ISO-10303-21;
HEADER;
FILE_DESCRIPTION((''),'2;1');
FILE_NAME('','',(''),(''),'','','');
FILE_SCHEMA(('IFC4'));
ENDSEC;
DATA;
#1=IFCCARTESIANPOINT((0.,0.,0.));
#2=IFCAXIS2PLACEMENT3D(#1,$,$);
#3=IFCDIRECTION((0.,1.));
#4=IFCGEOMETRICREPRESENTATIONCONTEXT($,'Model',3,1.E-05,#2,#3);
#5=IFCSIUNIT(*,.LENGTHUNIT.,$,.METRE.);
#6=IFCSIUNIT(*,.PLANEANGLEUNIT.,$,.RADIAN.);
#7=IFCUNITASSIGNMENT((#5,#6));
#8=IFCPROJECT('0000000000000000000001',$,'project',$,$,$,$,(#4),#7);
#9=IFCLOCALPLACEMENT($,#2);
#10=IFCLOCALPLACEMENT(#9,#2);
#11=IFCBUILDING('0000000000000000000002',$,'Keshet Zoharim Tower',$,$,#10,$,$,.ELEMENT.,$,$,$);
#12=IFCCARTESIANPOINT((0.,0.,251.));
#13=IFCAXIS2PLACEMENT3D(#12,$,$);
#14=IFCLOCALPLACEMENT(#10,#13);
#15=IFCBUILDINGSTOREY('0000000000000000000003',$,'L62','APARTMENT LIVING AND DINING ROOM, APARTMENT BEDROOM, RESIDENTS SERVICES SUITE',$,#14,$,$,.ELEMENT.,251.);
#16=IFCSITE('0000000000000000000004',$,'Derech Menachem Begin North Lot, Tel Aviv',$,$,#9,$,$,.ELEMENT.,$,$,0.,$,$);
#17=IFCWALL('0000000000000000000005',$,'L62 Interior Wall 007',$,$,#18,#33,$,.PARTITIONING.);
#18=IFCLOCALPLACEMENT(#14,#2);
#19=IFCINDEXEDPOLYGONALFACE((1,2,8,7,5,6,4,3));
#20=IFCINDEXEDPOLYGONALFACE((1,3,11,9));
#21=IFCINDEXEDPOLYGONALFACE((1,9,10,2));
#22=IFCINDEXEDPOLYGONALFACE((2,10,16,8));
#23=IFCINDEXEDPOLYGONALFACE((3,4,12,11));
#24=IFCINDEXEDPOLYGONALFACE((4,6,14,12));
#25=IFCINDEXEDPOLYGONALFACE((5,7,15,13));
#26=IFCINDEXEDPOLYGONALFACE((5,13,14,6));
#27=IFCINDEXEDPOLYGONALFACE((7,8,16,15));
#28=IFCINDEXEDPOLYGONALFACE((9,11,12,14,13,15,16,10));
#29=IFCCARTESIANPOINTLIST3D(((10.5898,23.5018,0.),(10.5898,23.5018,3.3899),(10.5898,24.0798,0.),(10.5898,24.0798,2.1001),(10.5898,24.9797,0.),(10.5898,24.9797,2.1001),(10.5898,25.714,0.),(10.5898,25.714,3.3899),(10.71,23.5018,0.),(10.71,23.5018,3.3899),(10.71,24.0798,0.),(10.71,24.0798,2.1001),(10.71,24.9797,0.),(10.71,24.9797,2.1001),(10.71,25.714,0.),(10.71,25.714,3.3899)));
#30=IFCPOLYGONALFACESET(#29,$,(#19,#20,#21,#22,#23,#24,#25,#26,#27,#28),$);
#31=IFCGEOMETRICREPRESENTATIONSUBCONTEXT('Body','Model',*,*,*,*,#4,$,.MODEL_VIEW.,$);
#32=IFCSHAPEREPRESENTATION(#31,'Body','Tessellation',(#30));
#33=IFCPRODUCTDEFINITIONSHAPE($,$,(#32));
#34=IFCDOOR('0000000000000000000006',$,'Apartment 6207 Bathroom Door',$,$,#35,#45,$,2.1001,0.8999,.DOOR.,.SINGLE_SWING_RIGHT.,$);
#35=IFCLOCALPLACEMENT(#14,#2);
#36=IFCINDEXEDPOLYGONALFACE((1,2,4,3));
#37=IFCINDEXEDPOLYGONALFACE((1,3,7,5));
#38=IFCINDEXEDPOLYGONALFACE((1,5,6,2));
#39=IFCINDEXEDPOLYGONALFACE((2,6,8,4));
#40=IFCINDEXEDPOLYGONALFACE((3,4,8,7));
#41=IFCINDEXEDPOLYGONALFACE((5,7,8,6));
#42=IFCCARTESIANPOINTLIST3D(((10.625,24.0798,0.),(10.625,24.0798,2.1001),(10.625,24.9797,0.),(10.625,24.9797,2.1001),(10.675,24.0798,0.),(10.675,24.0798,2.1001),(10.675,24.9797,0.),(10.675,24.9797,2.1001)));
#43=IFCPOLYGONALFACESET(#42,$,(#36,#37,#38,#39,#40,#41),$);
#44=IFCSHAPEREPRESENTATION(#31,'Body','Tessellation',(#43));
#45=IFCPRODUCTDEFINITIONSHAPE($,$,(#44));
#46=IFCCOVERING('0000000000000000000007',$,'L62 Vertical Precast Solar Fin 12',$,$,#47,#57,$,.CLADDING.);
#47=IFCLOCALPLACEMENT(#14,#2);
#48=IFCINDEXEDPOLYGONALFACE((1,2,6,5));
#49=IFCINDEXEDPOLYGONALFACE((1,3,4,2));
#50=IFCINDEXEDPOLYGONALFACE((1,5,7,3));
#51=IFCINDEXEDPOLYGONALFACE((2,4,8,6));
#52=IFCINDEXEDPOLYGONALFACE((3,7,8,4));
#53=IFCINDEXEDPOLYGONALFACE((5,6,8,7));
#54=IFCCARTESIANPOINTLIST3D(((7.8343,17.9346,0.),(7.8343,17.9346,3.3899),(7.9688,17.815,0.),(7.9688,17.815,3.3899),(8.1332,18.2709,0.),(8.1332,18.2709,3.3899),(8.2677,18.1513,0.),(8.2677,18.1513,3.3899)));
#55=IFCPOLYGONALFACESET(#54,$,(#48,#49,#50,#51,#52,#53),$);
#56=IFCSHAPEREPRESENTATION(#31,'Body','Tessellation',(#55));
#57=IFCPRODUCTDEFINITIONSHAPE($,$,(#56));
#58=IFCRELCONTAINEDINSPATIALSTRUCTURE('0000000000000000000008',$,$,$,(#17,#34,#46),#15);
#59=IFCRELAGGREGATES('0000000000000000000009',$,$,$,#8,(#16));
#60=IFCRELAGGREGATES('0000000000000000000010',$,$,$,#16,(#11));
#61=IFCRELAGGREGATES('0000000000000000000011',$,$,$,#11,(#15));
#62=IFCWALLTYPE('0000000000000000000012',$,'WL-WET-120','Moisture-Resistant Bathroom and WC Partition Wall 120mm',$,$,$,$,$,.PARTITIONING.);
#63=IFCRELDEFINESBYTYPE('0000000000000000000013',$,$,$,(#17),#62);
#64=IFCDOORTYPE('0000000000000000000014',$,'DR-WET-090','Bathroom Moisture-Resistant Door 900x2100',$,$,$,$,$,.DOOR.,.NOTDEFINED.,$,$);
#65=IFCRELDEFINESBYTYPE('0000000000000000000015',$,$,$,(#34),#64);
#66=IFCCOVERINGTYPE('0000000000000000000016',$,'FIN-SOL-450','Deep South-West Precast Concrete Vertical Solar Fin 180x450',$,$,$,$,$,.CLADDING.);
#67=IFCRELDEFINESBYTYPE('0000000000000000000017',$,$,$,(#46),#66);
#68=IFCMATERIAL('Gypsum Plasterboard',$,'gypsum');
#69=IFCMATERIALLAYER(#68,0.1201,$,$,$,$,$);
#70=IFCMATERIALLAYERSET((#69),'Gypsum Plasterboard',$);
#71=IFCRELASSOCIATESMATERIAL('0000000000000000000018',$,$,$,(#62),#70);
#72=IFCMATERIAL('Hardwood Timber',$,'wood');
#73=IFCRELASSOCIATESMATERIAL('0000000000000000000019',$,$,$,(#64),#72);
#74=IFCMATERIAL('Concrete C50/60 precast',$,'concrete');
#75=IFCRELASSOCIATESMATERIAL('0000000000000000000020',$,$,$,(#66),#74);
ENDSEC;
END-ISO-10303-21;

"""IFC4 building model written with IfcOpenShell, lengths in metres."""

from ifc_helpers import new_model, si_unit, direction, frame, frame_2d, origin, origin_2d, place, context, subcontext, project, spatial, rectangle, extrude, material, layer, layer_set, type_object, element, fill, save


model = new_model("IFC4")

# Units and contexts
model_context = context("Model", 3, precision=1e-05, world=origin(), true_north=direction((0.0, 1.0)))
body_context = subcontext(model_context, "Body", "Model", "MODEL_VIEW")
ifc_project = project(units=[si_unit("LENGTHUNIT", "METRE"), si_unit("PLANEANGLEUNIT", "RADIAN")], contexts=[model_context])

# Site, building, storey
site_placement = place(None, origin())
site = spatial("IfcSite", under=ifc_project, at=site_placement, Name="Derech Menachem Begin North Lot, Tel Aviv", CompositionType="ELEMENT", RefElevation=0.0)
building_placement = place(site_placement, origin())
building = spatial("IfcBuilding", under=site, at=building_placement, Name="Keshet Zoharim Tower", CompositionType="ELEMENT")
storey_placement = place(building_placement, frame((0.0, 0.0, 251.0)))
storey = spatial("IfcBuildingStorey", under=building, at=storey_placement, Name="L62", Description="APARTMENT LIVING AND DINING ROOM, APARTMENT BEDROOM, RESIDENTS SERVICES SUITE", CompositionType="ELEMENT", Elevation=251.0)

# Shared definitions
ifc_material_1 = material(Name="Hardwood Timber", Category="wood")

# Shared definitions
ifc_material_2 = material(Name="Gypsum Plasterboard", Category="gypsum")

# Wall, opening, door
ifc_layer_1 = layer(ifc_material_2, 0.1201)
ifc_layer_set_1 = layer_set([ifc_layer_1], Name="Gypsum Plasterboard")
wall_type_1 = type_object("IfcWallType", Name="WL-WET-120", Description="Moisture-Resistant Bathroom and WC Partition Wall 120mm", PredefinedType="PARTITIONING", material=ifc_layer_set_1)
wall_1_placement = place(storey_placement, frame((10.6499, 23.502, 0.0), z_axis=(0.0, 0.0, 1.0), x_axis=(0.0, 1.0, 0.0)))
wall_1 = element("IfcWall", 1, at=wall_1_placement, inside=storey, type_object=wall_type_1, Name="L62 Interior Wall 007", PredefinedType="PARTITIONING", context=body_context, shape_type="SweptSolid", body=[
    extrude(rectangle(XDim=2.2122, YDim=0.1201, at=frame_2d((1.106, 0.0))), origin(), (0.0, 0.0, 1.0), 3.3899),
])
opening_1_placement = place(wall_1_placement, frame((0.5779, 0.0, 0.0)))
opening_1 = element("IfcOpeningElement", 2, at=opening_1_placement, cuts=wall_1, PredefinedType="OPENING", context=body_context, shape_type="SweptSolid", body=[
    extrude(rectangle(XDim=0.8999, YDim=2.1001, at=frame_2d((0.45, 1.05))), frame((0.0, 0.0701, 0.0), z_axis=(0.0, -1.0, 0.0), x_axis=(1.0, 0.0, 0.0)), (0.0, 0.0, 1.0), 0.1401),
])
door_type_1 = type_object("IfcDoorType", Name="DR-WET-090", Description="Bathroom Moisture-Resistant Door 900x2100", OperationType="NOTDEFINED", PredefinedType="DOOR", material=ifc_material_1)
door_1_placement = place(opening_1_placement, origin())
door_1 = element("IfcDoor", 3, at=door_1_placement, inside=storey, type_object=door_type_1, Name="Apartment 6207 Bathroom Door", OperationType="SINGLE_SWING_RIGHT", OverallHeight=2.1001, OverallWidth=0.8999, PredefinedType="DOOR", context=body_context, shape_type="SweptSolid", body=[
    extrude(rectangle(XDim=0.8999, YDim=2.1001, at=frame_2d((0.45, 1.05))), frame((0.0, 0.0249, 0.0), z_axis=(0.0, -1.0, 0.0), x_axis=(1.0, 0.0, 0.0)), (0.0, 0.0, 1.0), 0.05),
])
fill(opening_1, door_1)

# Covering
ifc_material_3 = material(Name="Concrete C50/60 precast", Category="concrete")
covering_type = type_object("IfcCoveringType", Name="FIN-SOL-450", Description="Deep South-West Precast Concrete Vertical Solar Fin 180x450", PredefinedType="CLADDING", material=ifc_material_3)
covering_placement = place(storey_placement, frame((8.051, 18.043, 0.0), z_axis=(0.0, 0.0, 1.0), x_axis=(-0.747412, 0.664361, 0.0)))
element("IfcCovering", 4, at=covering_placement, inside=storey, type_object=covering_type, Name="L62 Vertical Precast Solar Fin 12", PredefinedType="CLADDING", context=body_context, shape_type="SweptSolid", body=[
    extrude(rectangle(XDim=0.1799, YDim=0.45, at=origin_2d()), origin(), (0.0, 0.0, 1.0), 3.3899),
])

save(model, "model.ifc")
